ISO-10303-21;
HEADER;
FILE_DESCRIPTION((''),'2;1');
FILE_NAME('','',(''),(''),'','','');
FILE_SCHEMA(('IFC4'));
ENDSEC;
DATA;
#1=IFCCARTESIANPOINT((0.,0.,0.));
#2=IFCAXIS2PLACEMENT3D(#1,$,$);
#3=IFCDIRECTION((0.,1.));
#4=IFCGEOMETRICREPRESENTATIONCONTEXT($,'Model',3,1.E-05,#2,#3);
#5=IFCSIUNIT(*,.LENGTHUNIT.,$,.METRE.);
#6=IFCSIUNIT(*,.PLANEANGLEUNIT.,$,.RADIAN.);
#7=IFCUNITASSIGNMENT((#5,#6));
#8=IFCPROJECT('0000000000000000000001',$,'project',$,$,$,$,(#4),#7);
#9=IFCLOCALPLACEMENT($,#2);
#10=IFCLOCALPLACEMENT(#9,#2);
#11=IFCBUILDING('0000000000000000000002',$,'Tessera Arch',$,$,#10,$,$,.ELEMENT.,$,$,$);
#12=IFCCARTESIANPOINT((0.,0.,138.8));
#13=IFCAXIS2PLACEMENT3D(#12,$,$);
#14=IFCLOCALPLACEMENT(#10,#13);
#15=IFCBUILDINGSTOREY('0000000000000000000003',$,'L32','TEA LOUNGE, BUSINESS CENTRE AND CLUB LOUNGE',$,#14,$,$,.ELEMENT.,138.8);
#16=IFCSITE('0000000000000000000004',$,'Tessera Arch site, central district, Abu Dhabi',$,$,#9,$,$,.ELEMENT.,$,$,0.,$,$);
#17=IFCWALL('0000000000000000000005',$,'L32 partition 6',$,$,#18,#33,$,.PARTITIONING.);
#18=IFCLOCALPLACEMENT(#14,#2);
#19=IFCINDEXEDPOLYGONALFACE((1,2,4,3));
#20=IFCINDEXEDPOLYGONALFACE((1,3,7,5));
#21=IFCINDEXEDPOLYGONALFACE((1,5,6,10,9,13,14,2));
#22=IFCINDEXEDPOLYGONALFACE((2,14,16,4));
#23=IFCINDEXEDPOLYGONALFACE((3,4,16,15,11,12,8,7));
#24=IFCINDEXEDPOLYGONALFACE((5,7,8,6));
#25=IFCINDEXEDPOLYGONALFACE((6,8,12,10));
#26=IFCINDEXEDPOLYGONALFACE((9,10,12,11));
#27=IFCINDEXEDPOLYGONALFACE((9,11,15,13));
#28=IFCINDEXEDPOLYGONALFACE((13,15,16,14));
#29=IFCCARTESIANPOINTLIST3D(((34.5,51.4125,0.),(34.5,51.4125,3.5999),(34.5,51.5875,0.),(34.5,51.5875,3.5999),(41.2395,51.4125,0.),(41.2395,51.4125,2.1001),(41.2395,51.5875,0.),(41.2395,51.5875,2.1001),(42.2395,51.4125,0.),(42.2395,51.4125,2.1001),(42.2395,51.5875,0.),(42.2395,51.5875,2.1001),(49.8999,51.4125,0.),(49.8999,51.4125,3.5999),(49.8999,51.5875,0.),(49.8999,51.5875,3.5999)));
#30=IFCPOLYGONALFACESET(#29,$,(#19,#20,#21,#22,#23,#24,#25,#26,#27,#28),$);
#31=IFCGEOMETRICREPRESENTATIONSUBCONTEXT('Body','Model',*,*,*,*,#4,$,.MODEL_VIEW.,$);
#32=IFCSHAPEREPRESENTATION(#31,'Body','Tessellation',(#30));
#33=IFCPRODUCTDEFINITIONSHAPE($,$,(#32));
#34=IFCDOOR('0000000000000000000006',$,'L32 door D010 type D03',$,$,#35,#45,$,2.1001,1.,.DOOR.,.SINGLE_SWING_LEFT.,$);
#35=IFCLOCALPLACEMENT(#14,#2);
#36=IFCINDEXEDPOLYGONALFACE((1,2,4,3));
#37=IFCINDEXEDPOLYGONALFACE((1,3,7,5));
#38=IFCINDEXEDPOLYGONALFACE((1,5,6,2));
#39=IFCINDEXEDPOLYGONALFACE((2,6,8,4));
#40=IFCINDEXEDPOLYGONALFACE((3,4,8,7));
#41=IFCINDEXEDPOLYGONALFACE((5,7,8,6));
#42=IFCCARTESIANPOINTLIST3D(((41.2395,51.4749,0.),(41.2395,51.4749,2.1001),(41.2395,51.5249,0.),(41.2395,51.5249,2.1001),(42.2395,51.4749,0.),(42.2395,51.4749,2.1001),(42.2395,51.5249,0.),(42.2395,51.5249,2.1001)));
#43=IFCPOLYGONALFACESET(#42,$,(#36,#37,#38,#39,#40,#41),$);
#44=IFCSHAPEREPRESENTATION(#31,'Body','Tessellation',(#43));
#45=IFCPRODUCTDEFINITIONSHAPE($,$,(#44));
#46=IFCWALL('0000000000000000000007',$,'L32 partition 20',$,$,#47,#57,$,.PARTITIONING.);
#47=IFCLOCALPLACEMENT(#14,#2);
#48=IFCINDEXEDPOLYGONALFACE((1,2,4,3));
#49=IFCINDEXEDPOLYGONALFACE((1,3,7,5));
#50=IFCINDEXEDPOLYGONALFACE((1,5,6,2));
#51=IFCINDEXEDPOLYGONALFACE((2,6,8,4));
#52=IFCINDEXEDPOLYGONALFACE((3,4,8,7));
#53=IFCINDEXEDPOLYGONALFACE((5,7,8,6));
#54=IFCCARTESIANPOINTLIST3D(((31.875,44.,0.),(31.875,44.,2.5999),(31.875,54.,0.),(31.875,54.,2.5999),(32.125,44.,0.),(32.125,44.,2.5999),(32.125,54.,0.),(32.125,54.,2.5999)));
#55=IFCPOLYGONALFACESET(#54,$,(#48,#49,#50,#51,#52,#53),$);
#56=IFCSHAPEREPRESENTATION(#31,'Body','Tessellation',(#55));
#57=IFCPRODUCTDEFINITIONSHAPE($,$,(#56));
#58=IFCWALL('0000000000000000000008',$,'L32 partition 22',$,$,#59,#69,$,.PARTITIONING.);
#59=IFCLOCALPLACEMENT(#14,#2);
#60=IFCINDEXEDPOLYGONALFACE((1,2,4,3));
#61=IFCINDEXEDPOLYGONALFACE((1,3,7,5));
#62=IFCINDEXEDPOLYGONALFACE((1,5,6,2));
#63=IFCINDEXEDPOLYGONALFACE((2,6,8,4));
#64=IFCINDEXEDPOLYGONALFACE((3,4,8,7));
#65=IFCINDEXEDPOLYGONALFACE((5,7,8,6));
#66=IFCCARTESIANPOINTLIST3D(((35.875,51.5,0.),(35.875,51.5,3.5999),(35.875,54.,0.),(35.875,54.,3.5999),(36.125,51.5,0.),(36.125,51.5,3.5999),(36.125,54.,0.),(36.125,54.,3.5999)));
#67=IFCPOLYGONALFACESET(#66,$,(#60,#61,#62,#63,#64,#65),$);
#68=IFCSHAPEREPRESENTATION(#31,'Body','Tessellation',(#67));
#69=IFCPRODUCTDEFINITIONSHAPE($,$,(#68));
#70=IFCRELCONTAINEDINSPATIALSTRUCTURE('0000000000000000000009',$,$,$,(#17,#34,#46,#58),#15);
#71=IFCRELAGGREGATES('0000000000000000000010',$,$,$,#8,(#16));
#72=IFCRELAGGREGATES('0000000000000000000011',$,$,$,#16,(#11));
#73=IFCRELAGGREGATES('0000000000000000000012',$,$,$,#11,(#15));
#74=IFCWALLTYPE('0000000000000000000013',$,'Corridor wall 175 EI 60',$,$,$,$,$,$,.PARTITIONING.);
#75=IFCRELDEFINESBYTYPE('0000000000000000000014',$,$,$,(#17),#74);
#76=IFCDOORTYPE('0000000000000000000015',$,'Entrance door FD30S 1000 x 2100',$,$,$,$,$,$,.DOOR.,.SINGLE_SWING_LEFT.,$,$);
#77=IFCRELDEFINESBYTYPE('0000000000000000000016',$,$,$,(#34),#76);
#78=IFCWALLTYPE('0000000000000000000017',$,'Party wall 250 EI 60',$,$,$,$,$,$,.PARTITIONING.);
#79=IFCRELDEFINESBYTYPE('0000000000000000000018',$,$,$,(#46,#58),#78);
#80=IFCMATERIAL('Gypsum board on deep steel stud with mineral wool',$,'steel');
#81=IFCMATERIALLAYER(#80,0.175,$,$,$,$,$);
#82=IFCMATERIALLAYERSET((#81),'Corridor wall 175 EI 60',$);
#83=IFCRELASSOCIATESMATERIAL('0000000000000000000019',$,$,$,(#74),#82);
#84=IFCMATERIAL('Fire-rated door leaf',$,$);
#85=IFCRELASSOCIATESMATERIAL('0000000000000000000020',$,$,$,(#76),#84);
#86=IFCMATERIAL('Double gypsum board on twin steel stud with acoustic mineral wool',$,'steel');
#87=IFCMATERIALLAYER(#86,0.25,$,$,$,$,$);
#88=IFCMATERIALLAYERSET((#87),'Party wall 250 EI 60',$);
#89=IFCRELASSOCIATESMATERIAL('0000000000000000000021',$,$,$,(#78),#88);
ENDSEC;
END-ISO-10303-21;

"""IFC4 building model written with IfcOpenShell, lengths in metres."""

from ifc_helpers import new_model, si_unit, direction, frame, frame_2d, origin, place, context, subcontext, project, spatial, rectangle, extrude, material, layer, layer_set, type_object, element, fill, save


model = new_model("IFC4")

# Units and contexts
model_context = context("Model", 3, precision=1e-05, world=origin(), true_north=direction((0.0, 1.0)))
body_context = subcontext(model_context, "Body", "Model", "MODEL_VIEW")
ifc_project = project(units=[si_unit("LENGTHUNIT", "METRE"), si_unit("PLANEANGLEUNIT", "RADIAN")], contexts=[model_context])

# Site, building, storey
site_placement = place(None, origin())
site = spatial("IfcSite", under=ifc_project, at=site_placement, Name="Tessera Arch site, central district, Abu Dhabi", CompositionType="ELEMENT", RefElevation=0.0)
building_placement = place(site_placement, origin())
building = spatial("IfcBuilding", under=site, at=building_placement, Name="Tessera Arch", CompositionType="ELEMENT")
storey_placement = place(building_placement, frame((0.0, 0.0, 138.8)))
storey = spatial("IfcBuildingStorey", under=building, at=storey_placement, Name="L32", Description="TEA LOUNGE, BUSINESS CENTRE AND CLUB LOUNGE", CompositionType="ELEMENT", Elevation=138.8)

# Wall, opening, door
ifc_material_1 = material(Name="Gypsum board on deep steel stud with mineral wool", Category="steel")
ifc_layer_1 = layer(ifc_material_1, 0.175)
ifc_layer_set_1 = layer_set([ifc_layer_1], Name="Corridor wall 175 EI 60")
wall_type_1 = type_object("IfcWallType", Name="Corridor wall 175 EI 60", PredefinedType="PARTITIONING", material=ifc_layer_set_1)
wall_1_placement = place(storey_placement, frame((34.5, 51.5, 0.0), z_axis=(0.0, 0.0, 1.0), x_axis=(1.0, 0.0, 0.0)))
wall_1 = element("IfcWall", 1, at=wall_1_placement, inside=storey, type_object=wall_type_1, Name="L32 partition 6", PredefinedType="PARTITIONING", context=body_context, shape_type="SweptSolid", body=[
    extrude(rectangle(XDim=15.3999, YDim=0.175, at=frame_2d((7.7, 0.0))), origin(), (0.0, 0.0, 1.0), 3.5999),
])
opening_placement = place(wall_1_placement, frame((6.7395, 0.0, 0.0)))
opening = element("IfcOpeningElement", 2, at=opening_placement, cuts=wall_1, PredefinedType="OPENING", context=body_context, shape_type="SweptSolid", body=[
    extrude(rectangle(XDim=1.0, YDim=2.1001, at=frame_2d((0.5, 1.05))), frame((0.0, 0.0974, 0.0), z_axis=(0.0, -1.0, 0.0), x_axis=(1.0, 0.0, 0.0)), (0.0, 0.0, 1.0), 0.1951),
])
ifc_material_2 = material(Name="Fire-rated door leaf")
door_type = type_object("IfcDoorType", Name="Entrance door FD30S 1000 x 2100", OperationType="SINGLE_SWING_LEFT", PredefinedType="DOOR", material=ifc_material_2)
door_placement = place(opening_placement, origin())
door = element("IfcDoor", 3, at=door_placement, inside=storey, type_object=door_type, Name="L32 door D010 type D03", OperationType="SINGLE_SWING_LEFT", OverallHeight=2.1001, OverallWidth=1.0, PredefinedType="DOOR", context=body_context, shape_type="SweptSolid", body=[
    extrude(rectangle(XDim=1.0, YDim=2.1001, at=frame_2d((0.5, 1.05))), frame((0.0, 0.0249, 0.0), z_axis=(0.0, -1.0, 0.0), x_axis=(1.0, 0.0, 0.0)), (0.0, 0.0, 1.0), 0.05),
])
fill(opening, door)

# Walls
ifc_material_3 = material(Name="Double gypsum board on twin steel stud with acoustic mineral wool", Category="steel")
ifc_layer_2 = layer(ifc_material_3, 0.25)
ifc_layer_set_2 = layer_set([ifc_layer_2], Name="Party wall 250 EI 60")
wall_type_2 = type_object("IfcWallType", Name="Party wall 250 EI 60", PredefinedType="PARTITIONING", material=ifc_layer_set_2)
wall_2_placement = place(storey_placement, frame((32.0, 44.0, 0.0), z_axis=(0.0, 0.0, 1.0), x_axis=(0.0, 1.0, 0.0)))
element("IfcWall", 4, at=wall_2_placement, inside=storey, type_object=wall_type_2, Name="L32 partition 20", PredefinedType="PARTITIONING", context=body_context, shape_type="SweptSolid", body=[
    extrude(rectangle(XDim=10.0, YDim=0.25, at=frame_2d((5.0, 0.0))), origin(), (0.0, 0.0, 1.0), 2.5999),
])
wall_3_placement = place(storey_placement, frame((36.0, 51.5, 0.0), z_axis=(0.0, 0.0, 1.0), x_axis=(0.0, 1.0, 0.0)))
element("IfcWall", 5, at=wall_3_placement, inside=storey, type_object=wall_type_2, Name="L32 partition 22", PredefinedType="PARTITIONING", context=body_context, shape_type="SweptSolid", body=[
    extrude(rectangle(XDim=2.5, YDim=0.25, at=frame_2d((1.25, 0.0))), origin(), (0.0, 0.0, 1.0), 3.5999),
])

save(model, "model.ifc")
